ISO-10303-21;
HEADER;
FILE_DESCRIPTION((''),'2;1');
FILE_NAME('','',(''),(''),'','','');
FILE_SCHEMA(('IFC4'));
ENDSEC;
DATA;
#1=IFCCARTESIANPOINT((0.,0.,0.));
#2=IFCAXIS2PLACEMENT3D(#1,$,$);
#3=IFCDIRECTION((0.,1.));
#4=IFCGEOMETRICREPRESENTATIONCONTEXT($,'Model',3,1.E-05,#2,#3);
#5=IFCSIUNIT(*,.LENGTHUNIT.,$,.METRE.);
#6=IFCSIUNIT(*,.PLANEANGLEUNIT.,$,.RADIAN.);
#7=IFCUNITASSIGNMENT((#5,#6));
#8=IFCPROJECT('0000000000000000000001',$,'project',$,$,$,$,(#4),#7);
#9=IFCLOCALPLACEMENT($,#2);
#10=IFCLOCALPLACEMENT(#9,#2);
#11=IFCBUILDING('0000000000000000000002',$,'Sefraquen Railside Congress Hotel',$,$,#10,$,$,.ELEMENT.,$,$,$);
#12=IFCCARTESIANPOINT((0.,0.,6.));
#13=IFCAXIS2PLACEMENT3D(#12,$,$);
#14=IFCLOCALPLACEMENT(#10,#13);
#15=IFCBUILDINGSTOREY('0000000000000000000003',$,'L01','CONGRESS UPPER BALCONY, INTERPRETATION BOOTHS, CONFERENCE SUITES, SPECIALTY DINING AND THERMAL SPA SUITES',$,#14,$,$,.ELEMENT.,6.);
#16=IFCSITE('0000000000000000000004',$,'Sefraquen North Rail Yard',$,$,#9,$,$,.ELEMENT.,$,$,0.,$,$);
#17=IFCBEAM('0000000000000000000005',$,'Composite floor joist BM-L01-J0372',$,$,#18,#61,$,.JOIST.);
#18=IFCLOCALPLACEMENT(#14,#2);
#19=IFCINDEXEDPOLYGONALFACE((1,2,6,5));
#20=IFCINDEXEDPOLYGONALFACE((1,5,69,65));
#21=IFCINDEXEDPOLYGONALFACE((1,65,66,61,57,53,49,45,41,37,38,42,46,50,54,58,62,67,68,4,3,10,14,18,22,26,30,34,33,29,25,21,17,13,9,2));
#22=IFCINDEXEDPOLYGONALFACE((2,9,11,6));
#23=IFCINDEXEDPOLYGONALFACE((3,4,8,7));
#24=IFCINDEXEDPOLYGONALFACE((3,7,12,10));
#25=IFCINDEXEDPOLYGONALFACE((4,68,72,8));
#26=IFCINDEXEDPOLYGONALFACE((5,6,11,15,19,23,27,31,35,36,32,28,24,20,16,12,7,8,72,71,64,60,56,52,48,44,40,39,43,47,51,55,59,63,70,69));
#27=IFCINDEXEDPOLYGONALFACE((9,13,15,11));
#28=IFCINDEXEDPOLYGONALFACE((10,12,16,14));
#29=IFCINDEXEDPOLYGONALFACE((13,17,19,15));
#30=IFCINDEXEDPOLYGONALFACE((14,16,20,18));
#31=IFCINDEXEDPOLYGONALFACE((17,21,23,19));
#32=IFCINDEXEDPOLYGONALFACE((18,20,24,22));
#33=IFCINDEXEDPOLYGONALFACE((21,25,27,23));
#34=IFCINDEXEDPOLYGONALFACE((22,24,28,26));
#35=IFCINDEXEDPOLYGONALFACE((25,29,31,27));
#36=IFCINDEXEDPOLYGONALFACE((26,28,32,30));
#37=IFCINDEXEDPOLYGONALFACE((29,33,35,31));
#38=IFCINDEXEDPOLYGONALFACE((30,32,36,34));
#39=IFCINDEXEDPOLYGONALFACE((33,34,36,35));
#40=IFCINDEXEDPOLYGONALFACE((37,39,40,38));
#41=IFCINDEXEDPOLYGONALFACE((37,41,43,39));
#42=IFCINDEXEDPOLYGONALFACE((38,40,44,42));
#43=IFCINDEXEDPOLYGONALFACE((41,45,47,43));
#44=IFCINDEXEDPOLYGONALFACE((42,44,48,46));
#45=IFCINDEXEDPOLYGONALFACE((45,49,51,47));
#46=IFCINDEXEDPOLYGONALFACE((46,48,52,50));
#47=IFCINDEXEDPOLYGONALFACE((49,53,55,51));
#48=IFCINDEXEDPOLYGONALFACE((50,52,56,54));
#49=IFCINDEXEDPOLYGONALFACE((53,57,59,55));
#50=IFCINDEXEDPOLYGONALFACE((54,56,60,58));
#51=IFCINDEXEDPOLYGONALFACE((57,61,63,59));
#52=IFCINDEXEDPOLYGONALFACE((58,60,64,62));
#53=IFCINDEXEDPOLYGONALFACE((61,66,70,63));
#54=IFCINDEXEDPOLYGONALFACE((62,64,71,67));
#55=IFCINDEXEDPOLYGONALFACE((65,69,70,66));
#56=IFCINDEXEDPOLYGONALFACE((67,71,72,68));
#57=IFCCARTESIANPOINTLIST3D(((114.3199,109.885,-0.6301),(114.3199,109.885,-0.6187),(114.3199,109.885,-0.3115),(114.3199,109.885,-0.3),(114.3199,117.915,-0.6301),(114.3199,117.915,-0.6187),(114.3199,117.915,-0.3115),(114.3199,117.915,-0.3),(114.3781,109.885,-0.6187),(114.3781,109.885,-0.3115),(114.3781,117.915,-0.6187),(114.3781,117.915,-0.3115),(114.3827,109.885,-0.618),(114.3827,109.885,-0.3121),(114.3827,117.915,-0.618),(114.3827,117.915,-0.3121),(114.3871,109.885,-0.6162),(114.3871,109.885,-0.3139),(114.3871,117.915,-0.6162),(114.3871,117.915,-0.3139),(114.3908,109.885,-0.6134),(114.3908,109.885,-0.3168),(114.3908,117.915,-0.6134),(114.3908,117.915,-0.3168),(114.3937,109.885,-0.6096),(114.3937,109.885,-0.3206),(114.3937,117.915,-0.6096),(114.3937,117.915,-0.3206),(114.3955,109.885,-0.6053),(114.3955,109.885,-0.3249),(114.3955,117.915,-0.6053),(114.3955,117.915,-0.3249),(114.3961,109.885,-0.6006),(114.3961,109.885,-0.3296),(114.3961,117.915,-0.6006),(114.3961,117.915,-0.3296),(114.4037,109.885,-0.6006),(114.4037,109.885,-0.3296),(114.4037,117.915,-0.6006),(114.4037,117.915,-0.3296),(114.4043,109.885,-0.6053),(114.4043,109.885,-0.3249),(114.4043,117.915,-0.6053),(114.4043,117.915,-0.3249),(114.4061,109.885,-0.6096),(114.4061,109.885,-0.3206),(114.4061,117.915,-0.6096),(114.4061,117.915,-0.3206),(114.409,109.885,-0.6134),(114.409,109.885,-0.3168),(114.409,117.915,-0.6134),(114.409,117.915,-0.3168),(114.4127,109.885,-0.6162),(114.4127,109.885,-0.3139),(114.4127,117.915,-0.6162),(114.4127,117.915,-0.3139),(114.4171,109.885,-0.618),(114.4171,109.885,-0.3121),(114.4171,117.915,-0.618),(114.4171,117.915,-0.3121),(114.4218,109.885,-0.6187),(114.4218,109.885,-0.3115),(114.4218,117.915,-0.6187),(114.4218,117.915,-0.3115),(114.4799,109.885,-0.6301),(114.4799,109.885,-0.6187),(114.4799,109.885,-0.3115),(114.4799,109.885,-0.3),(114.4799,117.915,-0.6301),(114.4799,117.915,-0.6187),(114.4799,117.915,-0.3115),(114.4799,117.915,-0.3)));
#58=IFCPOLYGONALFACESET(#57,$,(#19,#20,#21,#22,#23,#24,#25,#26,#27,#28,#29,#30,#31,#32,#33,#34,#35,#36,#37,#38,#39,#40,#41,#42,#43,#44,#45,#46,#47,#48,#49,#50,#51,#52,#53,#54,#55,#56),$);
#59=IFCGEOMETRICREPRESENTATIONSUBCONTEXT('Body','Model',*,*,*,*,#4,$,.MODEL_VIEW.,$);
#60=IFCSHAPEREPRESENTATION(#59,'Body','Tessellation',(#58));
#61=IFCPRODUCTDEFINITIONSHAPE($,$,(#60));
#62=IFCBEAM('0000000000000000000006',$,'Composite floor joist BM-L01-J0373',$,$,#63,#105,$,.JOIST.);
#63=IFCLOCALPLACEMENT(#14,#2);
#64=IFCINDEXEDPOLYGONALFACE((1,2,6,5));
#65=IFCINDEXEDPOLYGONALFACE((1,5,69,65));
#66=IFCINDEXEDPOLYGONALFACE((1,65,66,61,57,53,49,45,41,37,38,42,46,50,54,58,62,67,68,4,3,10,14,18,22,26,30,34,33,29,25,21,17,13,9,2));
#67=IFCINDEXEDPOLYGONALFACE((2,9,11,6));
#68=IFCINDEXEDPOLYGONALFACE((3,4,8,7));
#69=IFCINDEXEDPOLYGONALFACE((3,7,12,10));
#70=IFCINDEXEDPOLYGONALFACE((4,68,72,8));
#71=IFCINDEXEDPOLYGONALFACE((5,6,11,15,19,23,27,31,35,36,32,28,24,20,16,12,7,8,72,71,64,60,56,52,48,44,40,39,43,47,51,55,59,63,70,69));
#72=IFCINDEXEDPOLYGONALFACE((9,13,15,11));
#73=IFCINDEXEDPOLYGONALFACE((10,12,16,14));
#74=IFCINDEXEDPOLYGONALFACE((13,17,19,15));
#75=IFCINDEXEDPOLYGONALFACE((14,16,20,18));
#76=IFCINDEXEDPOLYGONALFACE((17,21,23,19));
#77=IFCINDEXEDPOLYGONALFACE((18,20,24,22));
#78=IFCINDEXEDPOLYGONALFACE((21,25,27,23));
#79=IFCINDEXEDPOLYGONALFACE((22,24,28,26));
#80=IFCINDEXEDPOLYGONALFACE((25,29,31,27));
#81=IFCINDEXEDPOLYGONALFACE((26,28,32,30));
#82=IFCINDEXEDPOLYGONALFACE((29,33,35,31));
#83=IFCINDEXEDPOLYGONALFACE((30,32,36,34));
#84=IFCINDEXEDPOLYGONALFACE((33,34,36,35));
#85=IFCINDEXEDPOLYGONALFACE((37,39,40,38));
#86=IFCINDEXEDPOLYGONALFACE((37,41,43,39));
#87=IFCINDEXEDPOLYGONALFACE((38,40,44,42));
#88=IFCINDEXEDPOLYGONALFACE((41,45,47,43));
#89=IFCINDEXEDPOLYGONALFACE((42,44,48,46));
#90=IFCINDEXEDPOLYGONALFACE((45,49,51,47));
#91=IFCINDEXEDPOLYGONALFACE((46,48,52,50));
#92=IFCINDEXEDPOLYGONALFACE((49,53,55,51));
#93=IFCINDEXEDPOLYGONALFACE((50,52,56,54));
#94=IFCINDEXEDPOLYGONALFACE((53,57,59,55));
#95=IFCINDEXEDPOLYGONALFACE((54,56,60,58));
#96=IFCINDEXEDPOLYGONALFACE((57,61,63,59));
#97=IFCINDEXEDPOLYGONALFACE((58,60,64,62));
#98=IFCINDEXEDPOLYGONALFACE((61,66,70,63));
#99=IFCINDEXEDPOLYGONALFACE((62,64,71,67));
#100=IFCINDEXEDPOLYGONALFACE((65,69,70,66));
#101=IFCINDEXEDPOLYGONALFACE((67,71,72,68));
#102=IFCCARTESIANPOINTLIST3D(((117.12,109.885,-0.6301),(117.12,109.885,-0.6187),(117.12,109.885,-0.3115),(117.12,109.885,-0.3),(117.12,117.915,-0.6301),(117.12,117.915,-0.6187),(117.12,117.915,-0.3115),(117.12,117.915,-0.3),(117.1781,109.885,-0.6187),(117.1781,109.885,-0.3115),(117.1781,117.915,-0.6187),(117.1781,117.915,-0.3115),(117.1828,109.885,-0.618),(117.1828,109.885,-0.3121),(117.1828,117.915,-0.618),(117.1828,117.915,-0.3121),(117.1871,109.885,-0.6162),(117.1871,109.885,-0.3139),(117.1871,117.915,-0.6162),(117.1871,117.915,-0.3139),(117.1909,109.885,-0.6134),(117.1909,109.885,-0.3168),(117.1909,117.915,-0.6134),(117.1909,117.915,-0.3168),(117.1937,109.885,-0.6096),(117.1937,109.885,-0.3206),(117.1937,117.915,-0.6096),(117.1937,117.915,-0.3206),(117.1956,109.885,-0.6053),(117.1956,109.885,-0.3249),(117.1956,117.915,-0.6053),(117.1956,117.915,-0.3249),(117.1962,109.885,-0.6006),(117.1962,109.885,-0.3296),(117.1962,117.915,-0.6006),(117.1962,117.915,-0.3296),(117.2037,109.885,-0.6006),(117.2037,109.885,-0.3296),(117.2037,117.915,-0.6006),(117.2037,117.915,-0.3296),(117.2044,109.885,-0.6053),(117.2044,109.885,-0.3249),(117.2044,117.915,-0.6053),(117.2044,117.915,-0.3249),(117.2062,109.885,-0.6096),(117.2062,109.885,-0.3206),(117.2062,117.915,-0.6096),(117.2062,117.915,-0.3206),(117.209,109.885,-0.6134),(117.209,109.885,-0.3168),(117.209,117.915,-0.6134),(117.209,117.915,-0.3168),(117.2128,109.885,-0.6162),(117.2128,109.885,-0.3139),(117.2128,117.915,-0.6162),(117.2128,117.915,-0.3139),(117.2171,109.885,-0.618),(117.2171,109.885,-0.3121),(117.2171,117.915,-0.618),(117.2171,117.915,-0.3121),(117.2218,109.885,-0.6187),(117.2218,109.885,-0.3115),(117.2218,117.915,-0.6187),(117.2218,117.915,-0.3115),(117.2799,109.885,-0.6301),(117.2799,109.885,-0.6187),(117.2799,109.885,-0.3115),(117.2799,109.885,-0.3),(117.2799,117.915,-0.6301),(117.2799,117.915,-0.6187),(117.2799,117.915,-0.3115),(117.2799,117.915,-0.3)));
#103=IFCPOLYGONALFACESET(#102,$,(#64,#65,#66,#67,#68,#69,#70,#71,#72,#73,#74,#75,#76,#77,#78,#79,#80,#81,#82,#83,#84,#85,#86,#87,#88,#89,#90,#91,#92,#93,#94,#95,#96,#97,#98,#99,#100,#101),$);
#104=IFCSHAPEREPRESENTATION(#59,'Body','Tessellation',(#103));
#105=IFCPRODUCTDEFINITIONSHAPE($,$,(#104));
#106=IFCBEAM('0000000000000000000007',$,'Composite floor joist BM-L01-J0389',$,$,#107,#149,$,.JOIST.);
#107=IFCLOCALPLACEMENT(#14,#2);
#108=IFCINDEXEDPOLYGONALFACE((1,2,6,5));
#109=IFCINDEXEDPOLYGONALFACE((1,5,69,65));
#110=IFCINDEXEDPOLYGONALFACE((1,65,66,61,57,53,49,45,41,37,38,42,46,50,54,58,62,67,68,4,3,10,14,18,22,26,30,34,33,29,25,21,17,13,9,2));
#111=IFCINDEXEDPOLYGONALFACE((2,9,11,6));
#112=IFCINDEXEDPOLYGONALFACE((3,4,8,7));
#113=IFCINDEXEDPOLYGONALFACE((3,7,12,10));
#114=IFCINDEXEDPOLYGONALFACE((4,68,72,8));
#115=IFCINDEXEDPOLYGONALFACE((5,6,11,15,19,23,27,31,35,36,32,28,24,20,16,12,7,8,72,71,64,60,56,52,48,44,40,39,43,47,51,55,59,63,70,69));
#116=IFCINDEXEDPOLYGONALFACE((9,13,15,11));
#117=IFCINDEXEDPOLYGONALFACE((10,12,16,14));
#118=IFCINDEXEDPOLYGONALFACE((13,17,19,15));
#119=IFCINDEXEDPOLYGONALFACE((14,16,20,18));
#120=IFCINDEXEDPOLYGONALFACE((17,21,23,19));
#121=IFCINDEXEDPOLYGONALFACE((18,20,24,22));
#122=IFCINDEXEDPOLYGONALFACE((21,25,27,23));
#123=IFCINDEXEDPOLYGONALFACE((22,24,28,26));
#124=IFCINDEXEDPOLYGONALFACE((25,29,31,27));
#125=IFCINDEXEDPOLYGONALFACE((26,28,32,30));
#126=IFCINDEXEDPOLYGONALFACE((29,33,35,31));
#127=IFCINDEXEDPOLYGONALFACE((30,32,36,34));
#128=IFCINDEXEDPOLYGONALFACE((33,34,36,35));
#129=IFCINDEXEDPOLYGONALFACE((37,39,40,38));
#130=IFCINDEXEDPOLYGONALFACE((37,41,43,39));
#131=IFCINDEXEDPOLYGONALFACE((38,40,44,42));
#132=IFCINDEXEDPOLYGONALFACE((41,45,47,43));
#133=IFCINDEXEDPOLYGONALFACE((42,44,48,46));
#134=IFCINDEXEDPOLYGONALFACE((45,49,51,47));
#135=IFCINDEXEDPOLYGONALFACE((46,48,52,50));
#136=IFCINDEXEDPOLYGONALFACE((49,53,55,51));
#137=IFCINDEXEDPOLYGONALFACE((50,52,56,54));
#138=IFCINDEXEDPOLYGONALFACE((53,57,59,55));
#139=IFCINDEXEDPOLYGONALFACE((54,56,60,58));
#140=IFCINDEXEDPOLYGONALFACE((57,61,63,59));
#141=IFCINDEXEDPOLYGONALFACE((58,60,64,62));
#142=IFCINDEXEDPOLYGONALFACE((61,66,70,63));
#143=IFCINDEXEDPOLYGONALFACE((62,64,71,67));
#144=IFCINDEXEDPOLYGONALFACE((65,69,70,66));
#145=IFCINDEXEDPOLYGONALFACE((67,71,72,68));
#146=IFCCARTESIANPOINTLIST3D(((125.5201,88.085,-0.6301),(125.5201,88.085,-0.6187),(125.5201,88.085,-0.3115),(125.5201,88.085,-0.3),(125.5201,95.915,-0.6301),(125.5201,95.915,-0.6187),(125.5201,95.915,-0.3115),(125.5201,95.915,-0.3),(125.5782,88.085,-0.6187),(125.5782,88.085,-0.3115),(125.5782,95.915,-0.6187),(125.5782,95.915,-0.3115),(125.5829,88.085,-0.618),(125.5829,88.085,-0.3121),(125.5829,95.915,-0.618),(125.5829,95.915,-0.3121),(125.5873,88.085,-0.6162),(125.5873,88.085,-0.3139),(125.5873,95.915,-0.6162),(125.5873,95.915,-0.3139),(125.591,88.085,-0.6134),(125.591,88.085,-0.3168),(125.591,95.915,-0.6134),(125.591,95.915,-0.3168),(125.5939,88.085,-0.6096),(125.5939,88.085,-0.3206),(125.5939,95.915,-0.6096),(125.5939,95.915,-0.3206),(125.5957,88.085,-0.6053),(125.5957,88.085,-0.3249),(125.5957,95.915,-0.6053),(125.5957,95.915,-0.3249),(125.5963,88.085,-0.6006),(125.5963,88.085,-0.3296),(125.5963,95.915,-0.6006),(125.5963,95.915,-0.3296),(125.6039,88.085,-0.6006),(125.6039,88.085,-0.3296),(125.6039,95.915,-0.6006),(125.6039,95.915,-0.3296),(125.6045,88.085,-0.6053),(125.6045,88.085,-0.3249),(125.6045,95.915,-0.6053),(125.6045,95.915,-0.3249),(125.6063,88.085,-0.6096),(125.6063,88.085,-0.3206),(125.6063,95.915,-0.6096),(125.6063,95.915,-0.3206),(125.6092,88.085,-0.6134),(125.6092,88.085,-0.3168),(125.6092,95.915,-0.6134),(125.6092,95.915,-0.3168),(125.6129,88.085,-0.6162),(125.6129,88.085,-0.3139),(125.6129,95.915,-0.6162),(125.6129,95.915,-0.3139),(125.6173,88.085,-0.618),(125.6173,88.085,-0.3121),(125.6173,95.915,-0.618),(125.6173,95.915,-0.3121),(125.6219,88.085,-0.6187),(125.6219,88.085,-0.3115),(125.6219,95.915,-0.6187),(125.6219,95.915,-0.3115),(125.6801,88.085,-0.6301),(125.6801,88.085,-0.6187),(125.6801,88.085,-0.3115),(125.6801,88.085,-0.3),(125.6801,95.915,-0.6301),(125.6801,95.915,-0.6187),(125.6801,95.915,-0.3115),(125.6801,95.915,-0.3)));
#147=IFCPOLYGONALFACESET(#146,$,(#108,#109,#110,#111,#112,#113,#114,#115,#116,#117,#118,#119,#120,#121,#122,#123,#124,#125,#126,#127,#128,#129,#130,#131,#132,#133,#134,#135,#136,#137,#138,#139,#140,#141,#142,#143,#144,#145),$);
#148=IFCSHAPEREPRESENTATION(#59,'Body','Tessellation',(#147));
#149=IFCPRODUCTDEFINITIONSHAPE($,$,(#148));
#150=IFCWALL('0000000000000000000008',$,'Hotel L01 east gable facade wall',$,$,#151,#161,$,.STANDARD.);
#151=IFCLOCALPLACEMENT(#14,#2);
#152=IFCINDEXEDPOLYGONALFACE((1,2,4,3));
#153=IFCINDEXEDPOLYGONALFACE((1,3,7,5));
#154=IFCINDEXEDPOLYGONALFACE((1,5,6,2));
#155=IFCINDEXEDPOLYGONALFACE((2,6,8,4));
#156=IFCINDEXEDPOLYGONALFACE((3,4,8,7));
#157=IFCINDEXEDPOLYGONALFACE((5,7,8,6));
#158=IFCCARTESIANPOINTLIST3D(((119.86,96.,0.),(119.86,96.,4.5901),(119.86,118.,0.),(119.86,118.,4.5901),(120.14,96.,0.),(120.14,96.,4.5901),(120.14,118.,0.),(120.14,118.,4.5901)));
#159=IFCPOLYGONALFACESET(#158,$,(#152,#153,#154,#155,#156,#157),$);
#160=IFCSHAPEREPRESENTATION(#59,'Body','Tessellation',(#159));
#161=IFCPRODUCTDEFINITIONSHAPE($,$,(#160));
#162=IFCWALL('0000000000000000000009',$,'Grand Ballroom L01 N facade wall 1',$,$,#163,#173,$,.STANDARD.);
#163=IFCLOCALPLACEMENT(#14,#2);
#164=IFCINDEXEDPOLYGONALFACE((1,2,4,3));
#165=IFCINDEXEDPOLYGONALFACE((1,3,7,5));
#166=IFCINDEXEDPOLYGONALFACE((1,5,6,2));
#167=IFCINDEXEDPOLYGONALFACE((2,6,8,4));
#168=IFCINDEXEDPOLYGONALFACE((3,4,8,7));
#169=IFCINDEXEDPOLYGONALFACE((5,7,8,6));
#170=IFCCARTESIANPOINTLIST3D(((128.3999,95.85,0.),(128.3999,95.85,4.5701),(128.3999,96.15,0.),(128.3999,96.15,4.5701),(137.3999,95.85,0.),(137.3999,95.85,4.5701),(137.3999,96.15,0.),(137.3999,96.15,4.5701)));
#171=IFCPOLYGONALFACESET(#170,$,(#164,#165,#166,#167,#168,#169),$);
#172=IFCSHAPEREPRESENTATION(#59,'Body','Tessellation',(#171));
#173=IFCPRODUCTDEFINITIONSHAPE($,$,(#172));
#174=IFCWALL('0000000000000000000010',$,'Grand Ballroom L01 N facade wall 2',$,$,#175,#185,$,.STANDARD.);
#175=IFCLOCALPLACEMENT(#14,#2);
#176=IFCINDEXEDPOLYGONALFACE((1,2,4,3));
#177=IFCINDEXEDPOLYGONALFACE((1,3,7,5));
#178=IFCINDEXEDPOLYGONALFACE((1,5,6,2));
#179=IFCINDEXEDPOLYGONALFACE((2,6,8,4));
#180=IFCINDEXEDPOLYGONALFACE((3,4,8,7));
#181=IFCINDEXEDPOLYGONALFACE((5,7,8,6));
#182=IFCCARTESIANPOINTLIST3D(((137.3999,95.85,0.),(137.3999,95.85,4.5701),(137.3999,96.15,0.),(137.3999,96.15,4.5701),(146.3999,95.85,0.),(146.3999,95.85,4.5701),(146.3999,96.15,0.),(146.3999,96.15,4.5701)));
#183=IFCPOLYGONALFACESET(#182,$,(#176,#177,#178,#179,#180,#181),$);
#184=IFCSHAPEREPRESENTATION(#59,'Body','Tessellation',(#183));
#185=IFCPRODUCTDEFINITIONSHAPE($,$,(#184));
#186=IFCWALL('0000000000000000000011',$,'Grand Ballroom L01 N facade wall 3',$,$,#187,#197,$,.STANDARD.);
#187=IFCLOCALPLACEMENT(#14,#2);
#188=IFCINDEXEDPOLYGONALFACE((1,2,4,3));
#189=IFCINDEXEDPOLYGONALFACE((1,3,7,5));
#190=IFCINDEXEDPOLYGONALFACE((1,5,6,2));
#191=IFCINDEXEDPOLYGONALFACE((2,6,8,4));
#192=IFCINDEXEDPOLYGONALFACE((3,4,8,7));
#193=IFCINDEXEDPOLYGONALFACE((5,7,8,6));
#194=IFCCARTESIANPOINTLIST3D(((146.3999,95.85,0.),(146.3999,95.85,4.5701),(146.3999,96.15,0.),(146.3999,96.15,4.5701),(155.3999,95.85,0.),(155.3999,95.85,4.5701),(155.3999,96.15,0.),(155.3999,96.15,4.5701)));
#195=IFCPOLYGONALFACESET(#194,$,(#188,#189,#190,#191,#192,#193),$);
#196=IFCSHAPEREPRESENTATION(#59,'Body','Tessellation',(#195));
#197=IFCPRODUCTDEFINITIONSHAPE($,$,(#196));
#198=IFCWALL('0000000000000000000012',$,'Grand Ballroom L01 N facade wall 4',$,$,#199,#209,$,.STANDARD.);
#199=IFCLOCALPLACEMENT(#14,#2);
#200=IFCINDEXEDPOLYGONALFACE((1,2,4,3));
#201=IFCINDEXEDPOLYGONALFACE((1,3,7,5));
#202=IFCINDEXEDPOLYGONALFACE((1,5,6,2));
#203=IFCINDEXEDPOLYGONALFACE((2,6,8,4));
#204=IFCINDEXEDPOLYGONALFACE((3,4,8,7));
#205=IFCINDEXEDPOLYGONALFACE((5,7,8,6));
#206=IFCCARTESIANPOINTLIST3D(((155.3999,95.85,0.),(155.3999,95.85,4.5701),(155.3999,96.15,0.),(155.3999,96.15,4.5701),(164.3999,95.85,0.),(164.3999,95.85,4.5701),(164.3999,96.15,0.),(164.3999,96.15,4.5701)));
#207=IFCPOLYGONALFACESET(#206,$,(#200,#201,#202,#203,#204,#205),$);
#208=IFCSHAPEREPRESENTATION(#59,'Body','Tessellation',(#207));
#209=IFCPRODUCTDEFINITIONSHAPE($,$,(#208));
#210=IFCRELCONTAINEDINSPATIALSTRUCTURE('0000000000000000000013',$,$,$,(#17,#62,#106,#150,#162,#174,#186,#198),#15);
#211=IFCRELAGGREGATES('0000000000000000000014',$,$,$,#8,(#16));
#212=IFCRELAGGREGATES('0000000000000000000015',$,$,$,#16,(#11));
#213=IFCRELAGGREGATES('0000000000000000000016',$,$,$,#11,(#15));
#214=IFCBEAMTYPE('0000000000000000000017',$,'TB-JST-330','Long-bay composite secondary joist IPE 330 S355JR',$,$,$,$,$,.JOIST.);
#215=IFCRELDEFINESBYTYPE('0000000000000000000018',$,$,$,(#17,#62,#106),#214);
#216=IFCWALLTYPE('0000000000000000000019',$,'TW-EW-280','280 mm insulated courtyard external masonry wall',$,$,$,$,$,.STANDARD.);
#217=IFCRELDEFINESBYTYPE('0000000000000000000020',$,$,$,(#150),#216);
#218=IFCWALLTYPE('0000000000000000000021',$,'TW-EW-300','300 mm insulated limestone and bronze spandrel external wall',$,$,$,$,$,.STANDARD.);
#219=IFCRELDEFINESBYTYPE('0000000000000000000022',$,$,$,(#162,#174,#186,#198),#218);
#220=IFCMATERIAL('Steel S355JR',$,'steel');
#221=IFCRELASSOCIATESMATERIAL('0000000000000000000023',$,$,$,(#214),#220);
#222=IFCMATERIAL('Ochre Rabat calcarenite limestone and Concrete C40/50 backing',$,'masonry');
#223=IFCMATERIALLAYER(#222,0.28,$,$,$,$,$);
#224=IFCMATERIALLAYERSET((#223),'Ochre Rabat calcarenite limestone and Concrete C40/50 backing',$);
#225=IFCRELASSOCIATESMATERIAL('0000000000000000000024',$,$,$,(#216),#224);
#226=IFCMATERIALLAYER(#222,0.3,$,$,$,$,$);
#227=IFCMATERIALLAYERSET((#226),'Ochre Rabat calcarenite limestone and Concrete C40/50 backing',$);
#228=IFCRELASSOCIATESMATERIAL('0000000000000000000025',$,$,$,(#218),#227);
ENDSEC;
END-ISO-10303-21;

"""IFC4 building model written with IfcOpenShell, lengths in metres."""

from ifc_helpers import new_model, si_unit, direction, frame, frame_2d, origin, origin_2d, place, context, subcontext, project, spatial, rectangle, i_section, extrude, material, layer, layer_set, material_profile, profile_set, type_object, element, save


model = new_model("IFC4")

# Units and contexts
model_context = context("Model", 3, precision=1e-05, world=origin(), true_north=direction((0.0, 1.0)))
body_context = subcontext(model_context, "Body", "Model", "MODEL_VIEW")
ifc_project = project(units=[si_unit("LENGTHUNIT", "METRE"), si_unit("PLANEANGLEUNIT", "RADIAN")], contexts=[model_context])

# Site, building, storey
site_placement = place(None, origin())
site = spatial("IfcSite", under=ifc_project, at=site_placement, Name="Sefraquen North Rail Yard", CompositionType="ELEMENT", RefElevation=0.0)
building_placement = place(site_placement, origin())
building = spatial("IfcBuilding", under=site, at=building_placement, Name="Sefraquen Railside Congress Hotel", CompositionType="ELEMENT")
storey_placement = place(building_placement, frame((0.0, 0.0, 6.0)))
storey = spatial("IfcBuildingStorey", under=building, at=storey_placement, Name="L01", Description="CONGRESS UPPER BALCONY, INTERPRETATION BOOTHS, CONFERENCE SUITES, SPECIALTY DINING AND THERMAL SPA SUITES", CompositionType="ELEMENT", Elevation=6.0)

# Shared definitions
ifc_material_1 = material(Name="Steel S355JR", Category="steel")

# Beams
ifc_material_profile_1 = material_profile(ifc_material_1, i_section(OverallWidth=0.1599, OverallDepth=0.3301, WebThickness=0.0076, FlangeThickness=0.0115, FilletRadius=0.0181, at=origin_2d()), Name="IPE 330")
ifc_profile_set_1 = profile_set([ifc_material_profile_1], Name="Steel S355JR")
beam_type_1 = type_object("IfcBeamType", Name="TB-JST-330", Description="Long-bay composite secondary joist IPE 330 S355JR", PredefinedType="JOIST", material=ifc_profile_set_1)
for number, where, z_axis, x_axis, name in (
    (1, (114.3999, 109.885, -0.4651), (0.0, 1.0, 0.0), (-1.0, 0.0, 0.0), "Composite floor joist BM-L01-J0372"),
    (2, (117.2, 109.885, -0.4651), (0.0, 1.0, 0.0), (-1.0, 0.0, 0.0), "Composite floor joist BM-L01-J0373"),
):
    element("IfcBeam", number, at=place(storey_placement, frame(where, z_axis=z_axis, x_axis=x_axis)), inside=storey, type_object=beam_type_1, Name=name, PredefinedType="JOIST", context=body_context, shape_type="SweptSolid", body=[
        extrude(i_section(OverallWidth=0.1599, OverallDepth=0.3301, WebThickness=0.0076, FlangeThickness=0.0115, FilletRadius=0.0181, at=origin_2d()), origin(), (0.0, 0.0, 1.0), 8.03),
    ])
beam_1_placement = place(storey_placement, frame((125.6001, 88.085, -0.4651), z_axis=(0.0, 1.0, 0.0), x_axis=(-1.0, 0.0, 0.0)))
element("IfcBeam", 3, at=beam_1_placement, inside=storey, type_object=beam_type_1, Name="Composite floor joist BM-L01-J0389", PredefinedType="JOIST", context=body_context, shape_type="SweptSolid", body=[
    extrude(i_section(OverallWidth=0.1599, OverallDepth=0.3301, WebThickness=0.0076, FlangeThickness=0.0115, FilletRadius=0.0181, at=origin_2d()), origin(), (0.0, 0.0, 1.0), 7.8301),
])

# Walls
ifc_material_2 = material(Name="Ochre Rabat calcarenite limestone and Concrete C40/50 backing", Category="masonry")
ifc_layer_1 = layer(ifc_material_2, 0.28)
ifc_layer_set_1 = layer_set([ifc_layer_1], Name="Ochre Rabat calcarenite limestone and Concrete C40/50 backing")
wall_type_1 = type_object("IfcWallType", Name="TW-EW-280", Description="280 mm insulated courtyard external masonry wall", PredefinedType="STANDARD", material=ifc_layer_set_1)
wall_placement = place(storey_placement, frame((120.0, 96.0, 0.0), z_axis=(0.0, 0.0, 1.0), x_axis=(0.0, 1.0, 0.0)))
element("IfcWall", 4, at=wall_placement, inside=storey, type_object=wall_type_1, Name="Hotel L01 east gable facade wall", PredefinedType="STANDARD", context=body_context, shape_type="SweptSolid", body=[
    extrude(rectangle(XDim=22.0, YDim=0.28, at=frame_2d((11.0, 0.0))), origin(), (0.0, 0.0, 1.0), 4.5901),
])
ifc_layer_2 = layer(ifc_material_2, 0.3)
ifc_layer_set_2 = layer_set([ifc_layer_2], Name="Ochre Rabat calcarenite limestone and Concrete C40/50 backing")
wall_type_2 = type_object("IfcWallType", Name="TW-EW-300", Description="300 mm insulated limestone and bronze spandrel external wall", PredefinedType="STANDARD", material=ifc_layer_set_2)
for number, where, z_axis, x_axis, name in (
    (5, (128.3999, 96.0, 0.0), (0.0, 0.0, 1.0), (1.0, 0.0, 0.0), "Grand Ballroom L01 N facade wall 1"),
    (6, (137.3999, 96.0, 0.0), (0.0, 0.0, 1.0), (1.0, 0.0, 0.0), "Grand Ballroom L01 N facade wall 2"),
    (7, (146.3999, 96.0, 0.0), (0.0, 0.0, 1.0), (1.0, 0.0, 0.0), "Grand Ballroom L01 N facade wall 3"),
    (8, (155.3999, 96.0, 0.0), (0.0, 0.0, 1.0), (1.0, 0.0, 0.0), "Grand Ballroom L01 N facade wall 4"),
):
    element("IfcWall", number, at=place(storey_placement, frame(where, z_axis=z_axis, x_axis=x_axis)), inside=storey, type_object=wall_type_2, Name=name, PredefinedType="STANDARD", context=body_context, shape_type="SweptSolid", body=[
        extrude(rectangle(XDim=9.0, YDim=0.3, at=frame_2d((4.5, 0.0))), origin(), (0.0, 0.0, 1.0), 4.5701),
    ])

save(model, "model.ifc")
